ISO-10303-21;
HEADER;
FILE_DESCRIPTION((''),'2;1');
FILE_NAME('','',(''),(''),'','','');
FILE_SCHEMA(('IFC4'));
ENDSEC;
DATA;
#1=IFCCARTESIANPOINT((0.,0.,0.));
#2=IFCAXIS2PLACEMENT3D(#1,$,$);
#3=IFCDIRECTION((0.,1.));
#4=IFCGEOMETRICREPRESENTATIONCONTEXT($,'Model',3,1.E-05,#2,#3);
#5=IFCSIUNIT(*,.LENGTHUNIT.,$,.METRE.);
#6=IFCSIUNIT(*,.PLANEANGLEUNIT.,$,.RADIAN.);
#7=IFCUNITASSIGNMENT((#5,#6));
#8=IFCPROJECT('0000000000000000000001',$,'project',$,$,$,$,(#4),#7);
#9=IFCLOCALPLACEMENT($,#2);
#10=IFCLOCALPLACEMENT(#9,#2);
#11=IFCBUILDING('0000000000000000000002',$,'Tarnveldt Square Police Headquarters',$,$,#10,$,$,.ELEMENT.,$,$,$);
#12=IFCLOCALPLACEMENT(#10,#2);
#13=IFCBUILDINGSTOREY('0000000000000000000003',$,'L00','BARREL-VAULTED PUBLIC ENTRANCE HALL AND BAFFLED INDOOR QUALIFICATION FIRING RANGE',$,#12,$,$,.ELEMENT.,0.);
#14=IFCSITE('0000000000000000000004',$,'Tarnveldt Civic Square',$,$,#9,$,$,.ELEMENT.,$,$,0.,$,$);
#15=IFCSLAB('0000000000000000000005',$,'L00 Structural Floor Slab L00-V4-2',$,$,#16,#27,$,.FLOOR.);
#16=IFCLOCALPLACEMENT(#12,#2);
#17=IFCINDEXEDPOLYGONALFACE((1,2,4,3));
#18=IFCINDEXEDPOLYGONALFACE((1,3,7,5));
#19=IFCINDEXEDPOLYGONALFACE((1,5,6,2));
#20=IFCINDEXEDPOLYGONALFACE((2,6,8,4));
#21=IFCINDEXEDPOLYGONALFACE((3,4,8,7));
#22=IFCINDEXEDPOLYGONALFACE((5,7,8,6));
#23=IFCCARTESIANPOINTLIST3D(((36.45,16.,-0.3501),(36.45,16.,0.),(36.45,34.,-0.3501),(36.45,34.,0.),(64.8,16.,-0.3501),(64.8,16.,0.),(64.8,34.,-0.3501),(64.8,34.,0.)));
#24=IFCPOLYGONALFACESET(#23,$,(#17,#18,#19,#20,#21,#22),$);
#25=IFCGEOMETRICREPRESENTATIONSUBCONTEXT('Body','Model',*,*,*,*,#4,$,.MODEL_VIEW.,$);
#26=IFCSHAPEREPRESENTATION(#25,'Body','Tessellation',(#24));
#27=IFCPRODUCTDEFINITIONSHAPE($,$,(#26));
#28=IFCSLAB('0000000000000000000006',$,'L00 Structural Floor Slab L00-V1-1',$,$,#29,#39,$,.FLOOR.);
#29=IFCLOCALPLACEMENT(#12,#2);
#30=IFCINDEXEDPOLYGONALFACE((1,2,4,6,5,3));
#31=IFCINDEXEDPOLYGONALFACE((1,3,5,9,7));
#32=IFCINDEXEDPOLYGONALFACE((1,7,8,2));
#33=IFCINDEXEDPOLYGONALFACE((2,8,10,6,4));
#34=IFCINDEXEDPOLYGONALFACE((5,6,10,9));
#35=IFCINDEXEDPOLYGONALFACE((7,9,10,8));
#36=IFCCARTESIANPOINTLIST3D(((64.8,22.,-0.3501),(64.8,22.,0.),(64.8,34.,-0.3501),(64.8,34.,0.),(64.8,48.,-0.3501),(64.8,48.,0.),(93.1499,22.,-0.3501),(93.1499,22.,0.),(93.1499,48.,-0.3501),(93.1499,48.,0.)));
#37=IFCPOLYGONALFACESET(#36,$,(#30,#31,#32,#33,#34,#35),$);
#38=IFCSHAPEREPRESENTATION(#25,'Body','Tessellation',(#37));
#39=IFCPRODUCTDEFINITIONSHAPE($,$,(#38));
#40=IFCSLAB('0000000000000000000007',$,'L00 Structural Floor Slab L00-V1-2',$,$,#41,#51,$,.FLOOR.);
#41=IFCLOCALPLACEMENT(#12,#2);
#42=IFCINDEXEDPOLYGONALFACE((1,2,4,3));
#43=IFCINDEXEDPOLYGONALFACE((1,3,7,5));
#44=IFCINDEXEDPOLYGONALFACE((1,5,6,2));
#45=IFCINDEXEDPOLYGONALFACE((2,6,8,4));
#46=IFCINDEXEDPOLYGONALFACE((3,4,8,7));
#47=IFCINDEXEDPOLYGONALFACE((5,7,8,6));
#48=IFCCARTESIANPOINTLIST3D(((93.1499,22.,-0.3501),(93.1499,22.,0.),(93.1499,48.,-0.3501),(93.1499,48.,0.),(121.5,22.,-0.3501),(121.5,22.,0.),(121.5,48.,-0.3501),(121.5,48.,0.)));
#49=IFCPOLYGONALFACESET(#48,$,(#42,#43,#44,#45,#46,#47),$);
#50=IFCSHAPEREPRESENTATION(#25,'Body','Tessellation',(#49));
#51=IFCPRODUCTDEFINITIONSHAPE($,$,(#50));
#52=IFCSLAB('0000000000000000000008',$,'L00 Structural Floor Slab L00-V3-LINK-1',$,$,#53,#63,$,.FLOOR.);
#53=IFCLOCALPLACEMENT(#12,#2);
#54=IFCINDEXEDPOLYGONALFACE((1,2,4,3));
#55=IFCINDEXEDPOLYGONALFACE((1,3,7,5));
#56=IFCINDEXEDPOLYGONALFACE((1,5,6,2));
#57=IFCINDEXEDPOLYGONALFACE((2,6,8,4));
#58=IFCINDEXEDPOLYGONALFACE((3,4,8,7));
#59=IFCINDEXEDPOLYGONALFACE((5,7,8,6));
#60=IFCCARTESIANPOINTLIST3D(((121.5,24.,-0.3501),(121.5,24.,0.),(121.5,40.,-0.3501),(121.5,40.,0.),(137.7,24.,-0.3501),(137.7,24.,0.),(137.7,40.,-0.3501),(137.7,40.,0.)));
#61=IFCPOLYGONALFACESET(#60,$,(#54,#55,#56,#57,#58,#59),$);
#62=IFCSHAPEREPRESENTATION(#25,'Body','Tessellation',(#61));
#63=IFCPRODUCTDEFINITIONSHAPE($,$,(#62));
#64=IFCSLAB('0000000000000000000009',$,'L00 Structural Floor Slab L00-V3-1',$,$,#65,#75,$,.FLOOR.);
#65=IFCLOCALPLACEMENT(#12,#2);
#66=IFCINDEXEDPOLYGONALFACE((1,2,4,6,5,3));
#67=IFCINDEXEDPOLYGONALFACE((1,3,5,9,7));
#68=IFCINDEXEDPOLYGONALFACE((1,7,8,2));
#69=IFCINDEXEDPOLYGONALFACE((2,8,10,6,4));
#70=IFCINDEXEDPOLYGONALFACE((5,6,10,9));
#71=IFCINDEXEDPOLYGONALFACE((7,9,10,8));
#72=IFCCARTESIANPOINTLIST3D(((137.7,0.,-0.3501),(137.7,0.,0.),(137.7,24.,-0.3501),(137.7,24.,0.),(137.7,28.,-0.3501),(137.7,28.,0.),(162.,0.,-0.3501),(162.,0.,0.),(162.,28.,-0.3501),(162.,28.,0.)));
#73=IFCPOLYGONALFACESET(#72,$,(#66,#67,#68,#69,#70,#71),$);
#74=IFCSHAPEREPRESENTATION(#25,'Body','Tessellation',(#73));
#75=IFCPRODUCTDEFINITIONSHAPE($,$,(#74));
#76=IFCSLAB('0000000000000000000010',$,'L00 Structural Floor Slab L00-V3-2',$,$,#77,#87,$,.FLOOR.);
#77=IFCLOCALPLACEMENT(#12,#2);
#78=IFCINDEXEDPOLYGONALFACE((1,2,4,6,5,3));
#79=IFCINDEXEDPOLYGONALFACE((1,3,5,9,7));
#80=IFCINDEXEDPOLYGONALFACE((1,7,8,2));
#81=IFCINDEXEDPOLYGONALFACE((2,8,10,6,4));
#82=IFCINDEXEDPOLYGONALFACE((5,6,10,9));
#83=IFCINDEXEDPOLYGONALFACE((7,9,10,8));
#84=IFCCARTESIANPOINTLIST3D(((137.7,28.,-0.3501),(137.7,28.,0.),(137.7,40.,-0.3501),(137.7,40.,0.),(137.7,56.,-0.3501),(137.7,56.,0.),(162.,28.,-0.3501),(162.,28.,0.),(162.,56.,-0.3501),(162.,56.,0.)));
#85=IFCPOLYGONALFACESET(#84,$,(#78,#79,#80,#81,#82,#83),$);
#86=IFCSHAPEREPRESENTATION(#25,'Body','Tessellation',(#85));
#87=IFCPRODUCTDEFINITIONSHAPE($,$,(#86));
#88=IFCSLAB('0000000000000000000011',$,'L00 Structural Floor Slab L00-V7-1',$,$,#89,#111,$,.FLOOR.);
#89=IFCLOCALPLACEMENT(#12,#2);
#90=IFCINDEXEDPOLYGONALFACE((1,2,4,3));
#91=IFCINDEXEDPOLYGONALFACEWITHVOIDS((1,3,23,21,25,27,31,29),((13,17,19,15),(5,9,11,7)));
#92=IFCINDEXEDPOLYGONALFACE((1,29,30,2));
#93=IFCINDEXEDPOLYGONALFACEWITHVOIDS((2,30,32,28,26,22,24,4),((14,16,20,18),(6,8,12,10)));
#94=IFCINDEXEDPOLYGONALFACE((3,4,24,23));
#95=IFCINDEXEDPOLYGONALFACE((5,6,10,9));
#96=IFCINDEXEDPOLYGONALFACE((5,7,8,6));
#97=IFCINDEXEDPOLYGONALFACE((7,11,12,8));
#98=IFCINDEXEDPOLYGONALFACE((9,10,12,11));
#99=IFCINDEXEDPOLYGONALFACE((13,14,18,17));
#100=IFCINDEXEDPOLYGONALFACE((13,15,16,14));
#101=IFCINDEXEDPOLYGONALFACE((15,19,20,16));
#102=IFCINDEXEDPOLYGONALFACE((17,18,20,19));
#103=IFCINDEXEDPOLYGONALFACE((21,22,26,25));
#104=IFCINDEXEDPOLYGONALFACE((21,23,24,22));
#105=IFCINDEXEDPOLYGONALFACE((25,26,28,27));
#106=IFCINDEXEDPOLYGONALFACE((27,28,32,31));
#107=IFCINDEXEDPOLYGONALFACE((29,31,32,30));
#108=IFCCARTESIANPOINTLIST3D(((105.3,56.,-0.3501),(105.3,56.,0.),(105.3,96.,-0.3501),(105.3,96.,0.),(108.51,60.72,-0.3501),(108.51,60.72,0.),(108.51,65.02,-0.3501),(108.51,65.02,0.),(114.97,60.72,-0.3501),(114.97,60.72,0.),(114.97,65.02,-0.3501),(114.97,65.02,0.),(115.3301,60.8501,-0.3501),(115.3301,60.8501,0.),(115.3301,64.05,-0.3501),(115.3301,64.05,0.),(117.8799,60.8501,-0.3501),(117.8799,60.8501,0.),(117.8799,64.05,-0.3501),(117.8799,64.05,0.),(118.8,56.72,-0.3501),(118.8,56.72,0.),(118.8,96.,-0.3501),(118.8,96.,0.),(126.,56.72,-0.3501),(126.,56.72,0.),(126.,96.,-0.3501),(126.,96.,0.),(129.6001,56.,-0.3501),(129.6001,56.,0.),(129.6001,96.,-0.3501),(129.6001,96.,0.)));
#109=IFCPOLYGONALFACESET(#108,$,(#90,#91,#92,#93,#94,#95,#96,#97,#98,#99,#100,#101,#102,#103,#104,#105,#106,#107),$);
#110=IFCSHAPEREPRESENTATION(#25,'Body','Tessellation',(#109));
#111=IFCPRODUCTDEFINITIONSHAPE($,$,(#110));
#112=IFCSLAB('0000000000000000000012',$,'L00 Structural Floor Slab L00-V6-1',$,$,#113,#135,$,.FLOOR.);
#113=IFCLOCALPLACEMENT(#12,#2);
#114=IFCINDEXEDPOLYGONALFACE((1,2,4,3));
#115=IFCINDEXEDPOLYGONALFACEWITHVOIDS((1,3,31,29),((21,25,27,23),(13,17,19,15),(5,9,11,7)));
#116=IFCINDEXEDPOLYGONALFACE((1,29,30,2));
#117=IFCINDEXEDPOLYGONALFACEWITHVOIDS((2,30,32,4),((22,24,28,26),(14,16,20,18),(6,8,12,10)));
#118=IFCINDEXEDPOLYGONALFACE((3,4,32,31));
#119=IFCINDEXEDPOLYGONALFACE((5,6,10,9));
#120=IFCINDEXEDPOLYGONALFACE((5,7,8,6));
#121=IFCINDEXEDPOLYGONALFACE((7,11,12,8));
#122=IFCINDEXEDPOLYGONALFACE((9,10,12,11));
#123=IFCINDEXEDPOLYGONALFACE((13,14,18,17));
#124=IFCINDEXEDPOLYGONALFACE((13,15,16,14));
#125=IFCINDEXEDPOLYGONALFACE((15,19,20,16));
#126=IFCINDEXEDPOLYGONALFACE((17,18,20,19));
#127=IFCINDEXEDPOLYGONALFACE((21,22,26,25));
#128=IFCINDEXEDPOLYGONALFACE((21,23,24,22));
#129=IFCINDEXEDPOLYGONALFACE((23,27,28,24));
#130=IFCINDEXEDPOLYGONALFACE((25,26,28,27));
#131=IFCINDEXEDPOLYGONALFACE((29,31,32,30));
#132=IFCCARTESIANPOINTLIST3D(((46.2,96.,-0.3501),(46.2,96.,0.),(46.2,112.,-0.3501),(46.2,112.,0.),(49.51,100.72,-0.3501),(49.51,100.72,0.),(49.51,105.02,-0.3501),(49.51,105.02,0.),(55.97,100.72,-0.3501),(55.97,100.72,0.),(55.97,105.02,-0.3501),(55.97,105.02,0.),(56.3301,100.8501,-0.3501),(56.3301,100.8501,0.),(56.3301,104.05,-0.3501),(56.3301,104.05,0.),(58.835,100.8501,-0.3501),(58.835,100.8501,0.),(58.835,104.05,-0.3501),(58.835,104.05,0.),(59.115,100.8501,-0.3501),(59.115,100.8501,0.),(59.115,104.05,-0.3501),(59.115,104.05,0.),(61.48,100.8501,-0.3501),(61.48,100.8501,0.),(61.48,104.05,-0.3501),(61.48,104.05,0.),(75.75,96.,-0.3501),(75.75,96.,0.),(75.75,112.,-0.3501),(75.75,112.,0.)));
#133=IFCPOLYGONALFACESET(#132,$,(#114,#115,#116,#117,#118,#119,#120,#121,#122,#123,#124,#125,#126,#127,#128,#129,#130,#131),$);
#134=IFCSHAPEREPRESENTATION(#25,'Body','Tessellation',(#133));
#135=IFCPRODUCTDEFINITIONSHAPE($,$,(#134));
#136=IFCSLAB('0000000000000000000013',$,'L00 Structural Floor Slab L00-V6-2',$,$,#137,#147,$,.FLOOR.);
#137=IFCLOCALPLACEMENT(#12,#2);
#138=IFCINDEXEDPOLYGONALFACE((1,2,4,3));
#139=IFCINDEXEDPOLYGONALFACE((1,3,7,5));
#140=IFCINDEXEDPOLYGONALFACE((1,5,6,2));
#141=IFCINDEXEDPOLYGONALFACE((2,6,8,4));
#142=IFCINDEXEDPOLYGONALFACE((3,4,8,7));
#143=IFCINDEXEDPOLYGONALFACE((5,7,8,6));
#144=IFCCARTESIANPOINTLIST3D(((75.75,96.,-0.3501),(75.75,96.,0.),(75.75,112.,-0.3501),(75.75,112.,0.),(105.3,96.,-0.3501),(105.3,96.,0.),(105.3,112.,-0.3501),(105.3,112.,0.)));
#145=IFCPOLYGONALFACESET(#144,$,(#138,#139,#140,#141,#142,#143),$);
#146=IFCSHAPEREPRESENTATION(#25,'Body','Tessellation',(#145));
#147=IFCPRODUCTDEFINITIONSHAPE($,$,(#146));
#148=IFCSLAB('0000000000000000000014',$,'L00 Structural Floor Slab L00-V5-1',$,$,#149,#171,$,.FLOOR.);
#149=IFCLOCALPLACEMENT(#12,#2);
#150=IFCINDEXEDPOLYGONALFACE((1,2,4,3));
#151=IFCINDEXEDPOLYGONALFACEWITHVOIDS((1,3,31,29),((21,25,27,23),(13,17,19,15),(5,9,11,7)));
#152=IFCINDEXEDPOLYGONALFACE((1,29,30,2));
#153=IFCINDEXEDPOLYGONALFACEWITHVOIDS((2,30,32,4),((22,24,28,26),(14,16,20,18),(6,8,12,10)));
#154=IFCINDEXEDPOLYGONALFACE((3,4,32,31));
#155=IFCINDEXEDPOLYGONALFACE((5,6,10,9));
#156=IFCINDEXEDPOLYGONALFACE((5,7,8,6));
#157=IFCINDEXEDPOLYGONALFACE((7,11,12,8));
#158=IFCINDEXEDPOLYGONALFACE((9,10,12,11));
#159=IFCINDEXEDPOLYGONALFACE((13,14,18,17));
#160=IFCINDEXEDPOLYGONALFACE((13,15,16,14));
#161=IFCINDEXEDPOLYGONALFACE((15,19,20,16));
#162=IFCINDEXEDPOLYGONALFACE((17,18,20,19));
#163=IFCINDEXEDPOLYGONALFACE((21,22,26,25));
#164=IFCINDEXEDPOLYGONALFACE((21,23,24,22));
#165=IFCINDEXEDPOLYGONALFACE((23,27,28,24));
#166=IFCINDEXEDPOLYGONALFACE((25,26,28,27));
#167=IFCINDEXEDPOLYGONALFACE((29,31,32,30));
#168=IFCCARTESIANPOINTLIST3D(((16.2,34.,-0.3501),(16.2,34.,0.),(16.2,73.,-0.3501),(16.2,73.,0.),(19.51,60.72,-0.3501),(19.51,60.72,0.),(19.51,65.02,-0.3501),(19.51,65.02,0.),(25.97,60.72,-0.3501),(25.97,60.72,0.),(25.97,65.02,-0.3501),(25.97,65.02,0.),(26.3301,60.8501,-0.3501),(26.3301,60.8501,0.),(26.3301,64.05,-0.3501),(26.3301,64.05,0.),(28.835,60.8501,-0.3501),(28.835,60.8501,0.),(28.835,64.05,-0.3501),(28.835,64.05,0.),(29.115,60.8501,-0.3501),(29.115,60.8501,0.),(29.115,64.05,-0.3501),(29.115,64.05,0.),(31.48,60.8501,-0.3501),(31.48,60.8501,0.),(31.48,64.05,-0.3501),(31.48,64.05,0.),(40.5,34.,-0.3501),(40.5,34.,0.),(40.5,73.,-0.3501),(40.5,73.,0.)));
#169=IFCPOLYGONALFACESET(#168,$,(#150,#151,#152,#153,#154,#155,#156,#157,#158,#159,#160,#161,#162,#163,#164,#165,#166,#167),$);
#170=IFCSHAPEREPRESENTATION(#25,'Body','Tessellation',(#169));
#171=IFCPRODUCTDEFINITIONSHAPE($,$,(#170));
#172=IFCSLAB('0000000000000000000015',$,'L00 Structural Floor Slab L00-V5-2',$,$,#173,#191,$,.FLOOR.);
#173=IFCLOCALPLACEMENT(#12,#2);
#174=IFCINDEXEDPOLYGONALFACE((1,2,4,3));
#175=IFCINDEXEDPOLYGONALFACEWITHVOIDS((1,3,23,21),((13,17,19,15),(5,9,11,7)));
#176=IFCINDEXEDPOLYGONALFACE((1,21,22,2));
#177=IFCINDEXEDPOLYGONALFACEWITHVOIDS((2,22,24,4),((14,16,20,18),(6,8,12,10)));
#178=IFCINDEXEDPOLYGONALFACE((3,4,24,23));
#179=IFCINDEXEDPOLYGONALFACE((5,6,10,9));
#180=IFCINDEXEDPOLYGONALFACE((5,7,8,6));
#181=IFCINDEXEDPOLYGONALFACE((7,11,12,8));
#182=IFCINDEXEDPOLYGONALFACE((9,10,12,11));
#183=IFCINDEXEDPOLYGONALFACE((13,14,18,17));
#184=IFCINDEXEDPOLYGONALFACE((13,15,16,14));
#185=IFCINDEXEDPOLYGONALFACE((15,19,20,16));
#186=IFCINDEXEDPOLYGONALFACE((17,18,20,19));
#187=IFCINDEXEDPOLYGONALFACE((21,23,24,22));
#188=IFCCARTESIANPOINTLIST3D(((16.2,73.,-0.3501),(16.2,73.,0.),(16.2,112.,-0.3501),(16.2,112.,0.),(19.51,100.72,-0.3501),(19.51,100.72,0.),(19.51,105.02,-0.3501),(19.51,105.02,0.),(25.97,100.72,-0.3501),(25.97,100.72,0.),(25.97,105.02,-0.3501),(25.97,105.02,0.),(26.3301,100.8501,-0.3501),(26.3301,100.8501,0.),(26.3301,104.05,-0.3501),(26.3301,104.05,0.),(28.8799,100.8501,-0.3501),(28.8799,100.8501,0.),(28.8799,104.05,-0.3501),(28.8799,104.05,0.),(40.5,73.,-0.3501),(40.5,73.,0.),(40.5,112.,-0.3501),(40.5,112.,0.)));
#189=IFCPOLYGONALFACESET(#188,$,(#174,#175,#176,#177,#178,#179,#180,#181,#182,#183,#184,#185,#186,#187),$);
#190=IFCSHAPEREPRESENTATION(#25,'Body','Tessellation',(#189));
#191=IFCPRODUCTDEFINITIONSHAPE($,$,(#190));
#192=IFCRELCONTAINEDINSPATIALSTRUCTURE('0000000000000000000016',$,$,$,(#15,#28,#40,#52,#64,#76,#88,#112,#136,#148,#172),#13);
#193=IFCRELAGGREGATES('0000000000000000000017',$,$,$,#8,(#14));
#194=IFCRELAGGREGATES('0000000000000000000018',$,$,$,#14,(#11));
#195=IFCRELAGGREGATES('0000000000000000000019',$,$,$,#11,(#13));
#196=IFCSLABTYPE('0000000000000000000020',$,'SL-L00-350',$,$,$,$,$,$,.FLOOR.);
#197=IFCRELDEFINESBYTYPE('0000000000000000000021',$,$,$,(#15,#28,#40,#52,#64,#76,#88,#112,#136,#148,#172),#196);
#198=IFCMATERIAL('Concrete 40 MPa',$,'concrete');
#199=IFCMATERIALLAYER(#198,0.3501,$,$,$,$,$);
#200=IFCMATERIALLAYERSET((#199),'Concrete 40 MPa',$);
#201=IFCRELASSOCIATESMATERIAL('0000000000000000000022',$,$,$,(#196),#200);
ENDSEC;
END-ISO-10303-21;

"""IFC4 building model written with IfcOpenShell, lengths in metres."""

from ifc_helpers import new_model, si_unit, direction, frame, origin, place, context, subcontext, project, spatial, polyline, outline, extrude, material, layer, layer_set, type_object, element, save


model = new_model("IFC4")

# Units and contexts
model_context = context("Model", 3, precision=1e-05, world=origin(), true_north=direction((0.0, 1.0)))
body_context = subcontext(model_context, "Body", "Model", "MODEL_VIEW")
ifc_project = project(units=[si_unit("LENGTHUNIT", "METRE"), si_unit("PLANEANGLEUNIT", "RADIAN")], contexts=[model_context])

# Site, building, storey
site_placement = place(None, origin())
site = spatial("IfcSite", under=ifc_project, at=site_placement, Name="Tarnveldt Civic Square", CompositionType="ELEMENT", RefElevation=0.0)
building_placement = place(site_placement, origin())
building = spatial("IfcBuilding", under=site, at=building_placement, Name="Tarnveldt Square Police Headquarters", CompositionType="ELEMENT")
storey_placement = place(building_placement, origin())
storey = spatial("IfcBuildingStorey", under=building, at=storey_placement, Name="L00", Description="BARREL-VAULTED PUBLIC ENTRANCE HALL AND BAFFLED INDOOR QUALIFICATION FIRING RANGE", CompositionType="ELEMENT", Elevation=0.0)

# Shared definitions
ifc_material_1 = material(Name="Concrete 40 MPa", Category="concrete")

# Slabs
ifc_layer_1 = layer(ifc_material_1, 0.3501)
ifc_layer_set_1 = layer_set([ifc_layer_1], Name="Concrete 40 MPa")
slab_type_1 = type_object("IfcSlabType", Name="SL-L00-350", PredefinedType="FLOOR", material=ifc_layer_set_1)
slab_1_placement = place(storey_placement, frame((0.0, 0.0, -0.3501)))
element("IfcSlab", 1, at=slab_1_placement, inside=storey, type_object=slab_type_1, Name="L00 Structural Floor Slab L00-V4-2", PredefinedType="FLOOR", context=body_context, shape_type="SweptSolid", body=[
    extrude(outline(polyline([(64.8, 16.0), (36.45, 16.0), (36.45, 34.0), (64.8, 34.0), (64.8, 16.0)])), origin(), (0.0, 0.0, 1.0), 0.3501),
])
slab_2_placement = place(storey_placement, frame((0.0, 0.0, -0.3501)))
element("IfcSlab", 2, at=slab_2_placement, inside=storey, type_object=slab_type_1, Name="L00 Structural Floor Slab L00-V1-1", PredefinedType="FLOOR", context=body_context, shape_type="SweptSolid", body=[
    extrude(outline(polyline([(64.8, 22.0), (64.8, 34.0), (64.8, 48.0), (93.1499, 48.0), (93.1499, 22.0), (64.8, 22.0)])), origin(), (0.0, 0.0, 1.0), 0.3501),
])
slab_3_placement = place(storey_placement, frame((0.0, 0.0, -0.3501)))
element("IfcSlab", 3, at=slab_3_placement, inside=storey, type_object=slab_type_1, Name="L00 Structural Floor Slab L00-V1-2", PredefinedType="FLOOR", context=body_context, shape_type="SweptSolid", body=[
    extrude(outline(polyline([(121.5, 22.0), (93.1499, 22.0), (93.1499, 48.0), (121.5, 48.0), (121.5, 22.0)])), origin(), (0.0, 0.0, 1.0), 0.3501),
])
slab_4_placement = place(storey_placement, frame((0.0, 0.0, -0.3501)))
element("IfcSlab", 4, at=slab_4_placement, inside=storey, type_object=slab_type_1, Name="L00 Structural Floor Slab L00-V3-LINK-1", PredefinedType="FLOOR", context=body_context, shape_type="SweptSolid", body=[
    extrude(outline(polyline([(121.5, 24.0), (121.5, 40.0), (137.7, 40.0), (137.7, 24.0), (121.5, 24.0)])), origin(), (0.0, 0.0, 1.0), 0.3501),
])
slab_5_placement = place(storey_placement, frame((0.0, 0.0, -0.3501)))
element("IfcSlab", 5, at=slab_5_placement, inside=storey, type_object=slab_type_1, Name="L00 Structural Floor Slab L00-V3-1", PredefinedType="FLOOR", context=body_context, shape_type="SweptSolid", body=[
    extrude(outline(polyline([(162.0, 0.0), (137.7, 0.0), (137.7, 24.0), (137.7, 28.0), (162.0, 28.0), (162.0, 0.0)])), origin(), (0.0, 0.0, 1.0), 0.3501),
])
slab_6_placement = place(storey_placement, frame((0.0, 0.0, -0.3501)))
element("IfcSlab", 6, at=slab_6_placement, inside=storey, type_object=slab_type_1, Name="L00 Structural Floor Slab L00-V3-2", PredefinedType="FLOOR", context=body_context, shape_type="SweptSolid", body=[
    extrude(outline(polyline([(162.0, 28.0), (137.7, 28.0), (137.7, 40.0), (137.7, 56.0), (162.0, 56.0), (162.0, 28.0)])), origin(), (0.0, 0.0, 1.0), 0.3501),
])
slab_7_placement = place(storey_placement, frame((0.0, 0.0, -0.3501)))
element("IfcSlab", 7, at=slab_7_placement, inside=storey, type_object=slab_type_1, Name="L00 Structural Floor Slab L00-V7-1", PredefinedType="FLOOR", context=body_context, shape_type="SweptSolid", body=[
    extrude(outline(polyline([(118.8, 96.0), (118.8, 56.72), (126.0, 56.72), (126.0, 96.0), (129.6001, 96.0), (129.6001, 56.0), (105.3, 56.0), (105.3, 96.0), (118.8, 96.0)]), holes=[polyline([(115.3301, 64.05), (115.3301, 60.8501), (117.8799, 60.8501), (117.8799, 64.05), (115.3301, 64.05)]), polyline([(108.51, 65.02), (108.51, 60.72), (114.97, 60.72), (114.97, 65.02), (108.51, 65.02)])]), origin(), (0.0, 0.0, 1.0), 0.3501),
])
slab_8_placement = place(storey_placement, frame((0.0, 0.0, -0.3501)))
element("IfcSlab", 8, at=slab_8_placement, inside=storey, type_object=slab_type_1, Name="L00 Structural Floor Slab L00-V6-1", PredefinedType="FLOOR", context=body_context, shape_type="SweptSolid", body=[
    extrude(outline(polyline([(75.75, 112.0), (75.75, 96.0), (46.2, 96.0), (46.2, 112.0), (75.75, 112.0)]), holes=[polyline([(49.51, 100.72), (55.97, 100.72), (55.97, 105.02), (49.51, 105.02), (49.51, 100.72)]), polyline([(56.3301, 104.05), (56.3301, 100.8501), (58.835, 100.8501), (58.835, 104.05), (56.3301, 104.05)]), polyline([(59.115, 104.05), (59.115, 100.8501), (61.48, 100.8501), (61.48, 104.05), (59.115, 104.05)])]), origin(), (0.0, 0.0, 1.0), 0.3501),
])
slab_9_placement = place(storey_placement, frame((0.0, 0.0, -0.3501)))
element("IfcSlab", 9, at=slab_9_placement, inside=storey, type_object=slab_type_1, Name="L00 Structural Floor Slab L00-V6-2", PredefinedType="FLOOR", context=body_context, shape_type="SweptSolid", body=[
    extrude(outline(polyline([(105.3, 112.0), (105.3, 96.0), (75.75, 96.0), (75.75, 112.0), (105.3, 112.0)])), origin(), (0.0, 0.0, 1.0), 0.3501),
])
slab_10_placement = place(storey_placement, frame((0.0, 0.0, -0.3501)))
element("IfcSlab", 10, at=slab_10_placement, inside=storey, type_object=slab_type_1, Name="L00 Structural Floor Slab L00-V5-1", PredefinedType="FLOOR", context=body_context, shape_type="SweptSolid", body=[
    extrude(outline(polyline([(40.5, 34.0), (16.2, 34.0), (16.2, 73.0), (40.5, 73.0), (40.5, 34.0)]), holes=[polyline([(26.3301, 60.8501), (28.835, 60.8501), (28.835, 64.05), (26.3301, 64.05), (26.3301, 60.8501)]), polyline([(29.115, 60.8501), (31.48, 60.8501), (31.48, 64.05), (29.115, 64.05), (29.115, 60.8501)]), polyline([(19.51, 60.72), (25.97, 60.72), (25.97, 65.02), (19.51, 65.02), (19.51, 60.72)])]), origin(), (0.0, 0.0, 1.0), 0.3501),
])
slab_11_placement = place(storey_placement, frame((0.0, 0.0, -0.3501)))
element("IfcSlab", 11, at=slab_11_placement, inside=storey, type_object=slab_type_1, Name="L00 Structural Floor Slab L00-V5-2", PredefinedType="FLOOR", context=body_context, shape_type="SweptSolid", body=[
    extrude(outline(polyline([(40.5, 73.0), (16.2, 73.0), (16.2, 112.0), (40.5, 112.0), (40.5, 73.0)]), holes=[polyline([(26.3301, 104.05), (26.3301, 100.8501), (28.8799, 100.8501), (28.8799, 104.05), (26.3301, 104.05)]), polyline([(19.51, 105.02), (19.51, 100.72), (25.97, 100.72), (25.97, 105.02), (19.51, 105.02)])]), origin(), (0.0, 0.0, 1.0), 0.3501),
])

save(model, "model.ifc")
